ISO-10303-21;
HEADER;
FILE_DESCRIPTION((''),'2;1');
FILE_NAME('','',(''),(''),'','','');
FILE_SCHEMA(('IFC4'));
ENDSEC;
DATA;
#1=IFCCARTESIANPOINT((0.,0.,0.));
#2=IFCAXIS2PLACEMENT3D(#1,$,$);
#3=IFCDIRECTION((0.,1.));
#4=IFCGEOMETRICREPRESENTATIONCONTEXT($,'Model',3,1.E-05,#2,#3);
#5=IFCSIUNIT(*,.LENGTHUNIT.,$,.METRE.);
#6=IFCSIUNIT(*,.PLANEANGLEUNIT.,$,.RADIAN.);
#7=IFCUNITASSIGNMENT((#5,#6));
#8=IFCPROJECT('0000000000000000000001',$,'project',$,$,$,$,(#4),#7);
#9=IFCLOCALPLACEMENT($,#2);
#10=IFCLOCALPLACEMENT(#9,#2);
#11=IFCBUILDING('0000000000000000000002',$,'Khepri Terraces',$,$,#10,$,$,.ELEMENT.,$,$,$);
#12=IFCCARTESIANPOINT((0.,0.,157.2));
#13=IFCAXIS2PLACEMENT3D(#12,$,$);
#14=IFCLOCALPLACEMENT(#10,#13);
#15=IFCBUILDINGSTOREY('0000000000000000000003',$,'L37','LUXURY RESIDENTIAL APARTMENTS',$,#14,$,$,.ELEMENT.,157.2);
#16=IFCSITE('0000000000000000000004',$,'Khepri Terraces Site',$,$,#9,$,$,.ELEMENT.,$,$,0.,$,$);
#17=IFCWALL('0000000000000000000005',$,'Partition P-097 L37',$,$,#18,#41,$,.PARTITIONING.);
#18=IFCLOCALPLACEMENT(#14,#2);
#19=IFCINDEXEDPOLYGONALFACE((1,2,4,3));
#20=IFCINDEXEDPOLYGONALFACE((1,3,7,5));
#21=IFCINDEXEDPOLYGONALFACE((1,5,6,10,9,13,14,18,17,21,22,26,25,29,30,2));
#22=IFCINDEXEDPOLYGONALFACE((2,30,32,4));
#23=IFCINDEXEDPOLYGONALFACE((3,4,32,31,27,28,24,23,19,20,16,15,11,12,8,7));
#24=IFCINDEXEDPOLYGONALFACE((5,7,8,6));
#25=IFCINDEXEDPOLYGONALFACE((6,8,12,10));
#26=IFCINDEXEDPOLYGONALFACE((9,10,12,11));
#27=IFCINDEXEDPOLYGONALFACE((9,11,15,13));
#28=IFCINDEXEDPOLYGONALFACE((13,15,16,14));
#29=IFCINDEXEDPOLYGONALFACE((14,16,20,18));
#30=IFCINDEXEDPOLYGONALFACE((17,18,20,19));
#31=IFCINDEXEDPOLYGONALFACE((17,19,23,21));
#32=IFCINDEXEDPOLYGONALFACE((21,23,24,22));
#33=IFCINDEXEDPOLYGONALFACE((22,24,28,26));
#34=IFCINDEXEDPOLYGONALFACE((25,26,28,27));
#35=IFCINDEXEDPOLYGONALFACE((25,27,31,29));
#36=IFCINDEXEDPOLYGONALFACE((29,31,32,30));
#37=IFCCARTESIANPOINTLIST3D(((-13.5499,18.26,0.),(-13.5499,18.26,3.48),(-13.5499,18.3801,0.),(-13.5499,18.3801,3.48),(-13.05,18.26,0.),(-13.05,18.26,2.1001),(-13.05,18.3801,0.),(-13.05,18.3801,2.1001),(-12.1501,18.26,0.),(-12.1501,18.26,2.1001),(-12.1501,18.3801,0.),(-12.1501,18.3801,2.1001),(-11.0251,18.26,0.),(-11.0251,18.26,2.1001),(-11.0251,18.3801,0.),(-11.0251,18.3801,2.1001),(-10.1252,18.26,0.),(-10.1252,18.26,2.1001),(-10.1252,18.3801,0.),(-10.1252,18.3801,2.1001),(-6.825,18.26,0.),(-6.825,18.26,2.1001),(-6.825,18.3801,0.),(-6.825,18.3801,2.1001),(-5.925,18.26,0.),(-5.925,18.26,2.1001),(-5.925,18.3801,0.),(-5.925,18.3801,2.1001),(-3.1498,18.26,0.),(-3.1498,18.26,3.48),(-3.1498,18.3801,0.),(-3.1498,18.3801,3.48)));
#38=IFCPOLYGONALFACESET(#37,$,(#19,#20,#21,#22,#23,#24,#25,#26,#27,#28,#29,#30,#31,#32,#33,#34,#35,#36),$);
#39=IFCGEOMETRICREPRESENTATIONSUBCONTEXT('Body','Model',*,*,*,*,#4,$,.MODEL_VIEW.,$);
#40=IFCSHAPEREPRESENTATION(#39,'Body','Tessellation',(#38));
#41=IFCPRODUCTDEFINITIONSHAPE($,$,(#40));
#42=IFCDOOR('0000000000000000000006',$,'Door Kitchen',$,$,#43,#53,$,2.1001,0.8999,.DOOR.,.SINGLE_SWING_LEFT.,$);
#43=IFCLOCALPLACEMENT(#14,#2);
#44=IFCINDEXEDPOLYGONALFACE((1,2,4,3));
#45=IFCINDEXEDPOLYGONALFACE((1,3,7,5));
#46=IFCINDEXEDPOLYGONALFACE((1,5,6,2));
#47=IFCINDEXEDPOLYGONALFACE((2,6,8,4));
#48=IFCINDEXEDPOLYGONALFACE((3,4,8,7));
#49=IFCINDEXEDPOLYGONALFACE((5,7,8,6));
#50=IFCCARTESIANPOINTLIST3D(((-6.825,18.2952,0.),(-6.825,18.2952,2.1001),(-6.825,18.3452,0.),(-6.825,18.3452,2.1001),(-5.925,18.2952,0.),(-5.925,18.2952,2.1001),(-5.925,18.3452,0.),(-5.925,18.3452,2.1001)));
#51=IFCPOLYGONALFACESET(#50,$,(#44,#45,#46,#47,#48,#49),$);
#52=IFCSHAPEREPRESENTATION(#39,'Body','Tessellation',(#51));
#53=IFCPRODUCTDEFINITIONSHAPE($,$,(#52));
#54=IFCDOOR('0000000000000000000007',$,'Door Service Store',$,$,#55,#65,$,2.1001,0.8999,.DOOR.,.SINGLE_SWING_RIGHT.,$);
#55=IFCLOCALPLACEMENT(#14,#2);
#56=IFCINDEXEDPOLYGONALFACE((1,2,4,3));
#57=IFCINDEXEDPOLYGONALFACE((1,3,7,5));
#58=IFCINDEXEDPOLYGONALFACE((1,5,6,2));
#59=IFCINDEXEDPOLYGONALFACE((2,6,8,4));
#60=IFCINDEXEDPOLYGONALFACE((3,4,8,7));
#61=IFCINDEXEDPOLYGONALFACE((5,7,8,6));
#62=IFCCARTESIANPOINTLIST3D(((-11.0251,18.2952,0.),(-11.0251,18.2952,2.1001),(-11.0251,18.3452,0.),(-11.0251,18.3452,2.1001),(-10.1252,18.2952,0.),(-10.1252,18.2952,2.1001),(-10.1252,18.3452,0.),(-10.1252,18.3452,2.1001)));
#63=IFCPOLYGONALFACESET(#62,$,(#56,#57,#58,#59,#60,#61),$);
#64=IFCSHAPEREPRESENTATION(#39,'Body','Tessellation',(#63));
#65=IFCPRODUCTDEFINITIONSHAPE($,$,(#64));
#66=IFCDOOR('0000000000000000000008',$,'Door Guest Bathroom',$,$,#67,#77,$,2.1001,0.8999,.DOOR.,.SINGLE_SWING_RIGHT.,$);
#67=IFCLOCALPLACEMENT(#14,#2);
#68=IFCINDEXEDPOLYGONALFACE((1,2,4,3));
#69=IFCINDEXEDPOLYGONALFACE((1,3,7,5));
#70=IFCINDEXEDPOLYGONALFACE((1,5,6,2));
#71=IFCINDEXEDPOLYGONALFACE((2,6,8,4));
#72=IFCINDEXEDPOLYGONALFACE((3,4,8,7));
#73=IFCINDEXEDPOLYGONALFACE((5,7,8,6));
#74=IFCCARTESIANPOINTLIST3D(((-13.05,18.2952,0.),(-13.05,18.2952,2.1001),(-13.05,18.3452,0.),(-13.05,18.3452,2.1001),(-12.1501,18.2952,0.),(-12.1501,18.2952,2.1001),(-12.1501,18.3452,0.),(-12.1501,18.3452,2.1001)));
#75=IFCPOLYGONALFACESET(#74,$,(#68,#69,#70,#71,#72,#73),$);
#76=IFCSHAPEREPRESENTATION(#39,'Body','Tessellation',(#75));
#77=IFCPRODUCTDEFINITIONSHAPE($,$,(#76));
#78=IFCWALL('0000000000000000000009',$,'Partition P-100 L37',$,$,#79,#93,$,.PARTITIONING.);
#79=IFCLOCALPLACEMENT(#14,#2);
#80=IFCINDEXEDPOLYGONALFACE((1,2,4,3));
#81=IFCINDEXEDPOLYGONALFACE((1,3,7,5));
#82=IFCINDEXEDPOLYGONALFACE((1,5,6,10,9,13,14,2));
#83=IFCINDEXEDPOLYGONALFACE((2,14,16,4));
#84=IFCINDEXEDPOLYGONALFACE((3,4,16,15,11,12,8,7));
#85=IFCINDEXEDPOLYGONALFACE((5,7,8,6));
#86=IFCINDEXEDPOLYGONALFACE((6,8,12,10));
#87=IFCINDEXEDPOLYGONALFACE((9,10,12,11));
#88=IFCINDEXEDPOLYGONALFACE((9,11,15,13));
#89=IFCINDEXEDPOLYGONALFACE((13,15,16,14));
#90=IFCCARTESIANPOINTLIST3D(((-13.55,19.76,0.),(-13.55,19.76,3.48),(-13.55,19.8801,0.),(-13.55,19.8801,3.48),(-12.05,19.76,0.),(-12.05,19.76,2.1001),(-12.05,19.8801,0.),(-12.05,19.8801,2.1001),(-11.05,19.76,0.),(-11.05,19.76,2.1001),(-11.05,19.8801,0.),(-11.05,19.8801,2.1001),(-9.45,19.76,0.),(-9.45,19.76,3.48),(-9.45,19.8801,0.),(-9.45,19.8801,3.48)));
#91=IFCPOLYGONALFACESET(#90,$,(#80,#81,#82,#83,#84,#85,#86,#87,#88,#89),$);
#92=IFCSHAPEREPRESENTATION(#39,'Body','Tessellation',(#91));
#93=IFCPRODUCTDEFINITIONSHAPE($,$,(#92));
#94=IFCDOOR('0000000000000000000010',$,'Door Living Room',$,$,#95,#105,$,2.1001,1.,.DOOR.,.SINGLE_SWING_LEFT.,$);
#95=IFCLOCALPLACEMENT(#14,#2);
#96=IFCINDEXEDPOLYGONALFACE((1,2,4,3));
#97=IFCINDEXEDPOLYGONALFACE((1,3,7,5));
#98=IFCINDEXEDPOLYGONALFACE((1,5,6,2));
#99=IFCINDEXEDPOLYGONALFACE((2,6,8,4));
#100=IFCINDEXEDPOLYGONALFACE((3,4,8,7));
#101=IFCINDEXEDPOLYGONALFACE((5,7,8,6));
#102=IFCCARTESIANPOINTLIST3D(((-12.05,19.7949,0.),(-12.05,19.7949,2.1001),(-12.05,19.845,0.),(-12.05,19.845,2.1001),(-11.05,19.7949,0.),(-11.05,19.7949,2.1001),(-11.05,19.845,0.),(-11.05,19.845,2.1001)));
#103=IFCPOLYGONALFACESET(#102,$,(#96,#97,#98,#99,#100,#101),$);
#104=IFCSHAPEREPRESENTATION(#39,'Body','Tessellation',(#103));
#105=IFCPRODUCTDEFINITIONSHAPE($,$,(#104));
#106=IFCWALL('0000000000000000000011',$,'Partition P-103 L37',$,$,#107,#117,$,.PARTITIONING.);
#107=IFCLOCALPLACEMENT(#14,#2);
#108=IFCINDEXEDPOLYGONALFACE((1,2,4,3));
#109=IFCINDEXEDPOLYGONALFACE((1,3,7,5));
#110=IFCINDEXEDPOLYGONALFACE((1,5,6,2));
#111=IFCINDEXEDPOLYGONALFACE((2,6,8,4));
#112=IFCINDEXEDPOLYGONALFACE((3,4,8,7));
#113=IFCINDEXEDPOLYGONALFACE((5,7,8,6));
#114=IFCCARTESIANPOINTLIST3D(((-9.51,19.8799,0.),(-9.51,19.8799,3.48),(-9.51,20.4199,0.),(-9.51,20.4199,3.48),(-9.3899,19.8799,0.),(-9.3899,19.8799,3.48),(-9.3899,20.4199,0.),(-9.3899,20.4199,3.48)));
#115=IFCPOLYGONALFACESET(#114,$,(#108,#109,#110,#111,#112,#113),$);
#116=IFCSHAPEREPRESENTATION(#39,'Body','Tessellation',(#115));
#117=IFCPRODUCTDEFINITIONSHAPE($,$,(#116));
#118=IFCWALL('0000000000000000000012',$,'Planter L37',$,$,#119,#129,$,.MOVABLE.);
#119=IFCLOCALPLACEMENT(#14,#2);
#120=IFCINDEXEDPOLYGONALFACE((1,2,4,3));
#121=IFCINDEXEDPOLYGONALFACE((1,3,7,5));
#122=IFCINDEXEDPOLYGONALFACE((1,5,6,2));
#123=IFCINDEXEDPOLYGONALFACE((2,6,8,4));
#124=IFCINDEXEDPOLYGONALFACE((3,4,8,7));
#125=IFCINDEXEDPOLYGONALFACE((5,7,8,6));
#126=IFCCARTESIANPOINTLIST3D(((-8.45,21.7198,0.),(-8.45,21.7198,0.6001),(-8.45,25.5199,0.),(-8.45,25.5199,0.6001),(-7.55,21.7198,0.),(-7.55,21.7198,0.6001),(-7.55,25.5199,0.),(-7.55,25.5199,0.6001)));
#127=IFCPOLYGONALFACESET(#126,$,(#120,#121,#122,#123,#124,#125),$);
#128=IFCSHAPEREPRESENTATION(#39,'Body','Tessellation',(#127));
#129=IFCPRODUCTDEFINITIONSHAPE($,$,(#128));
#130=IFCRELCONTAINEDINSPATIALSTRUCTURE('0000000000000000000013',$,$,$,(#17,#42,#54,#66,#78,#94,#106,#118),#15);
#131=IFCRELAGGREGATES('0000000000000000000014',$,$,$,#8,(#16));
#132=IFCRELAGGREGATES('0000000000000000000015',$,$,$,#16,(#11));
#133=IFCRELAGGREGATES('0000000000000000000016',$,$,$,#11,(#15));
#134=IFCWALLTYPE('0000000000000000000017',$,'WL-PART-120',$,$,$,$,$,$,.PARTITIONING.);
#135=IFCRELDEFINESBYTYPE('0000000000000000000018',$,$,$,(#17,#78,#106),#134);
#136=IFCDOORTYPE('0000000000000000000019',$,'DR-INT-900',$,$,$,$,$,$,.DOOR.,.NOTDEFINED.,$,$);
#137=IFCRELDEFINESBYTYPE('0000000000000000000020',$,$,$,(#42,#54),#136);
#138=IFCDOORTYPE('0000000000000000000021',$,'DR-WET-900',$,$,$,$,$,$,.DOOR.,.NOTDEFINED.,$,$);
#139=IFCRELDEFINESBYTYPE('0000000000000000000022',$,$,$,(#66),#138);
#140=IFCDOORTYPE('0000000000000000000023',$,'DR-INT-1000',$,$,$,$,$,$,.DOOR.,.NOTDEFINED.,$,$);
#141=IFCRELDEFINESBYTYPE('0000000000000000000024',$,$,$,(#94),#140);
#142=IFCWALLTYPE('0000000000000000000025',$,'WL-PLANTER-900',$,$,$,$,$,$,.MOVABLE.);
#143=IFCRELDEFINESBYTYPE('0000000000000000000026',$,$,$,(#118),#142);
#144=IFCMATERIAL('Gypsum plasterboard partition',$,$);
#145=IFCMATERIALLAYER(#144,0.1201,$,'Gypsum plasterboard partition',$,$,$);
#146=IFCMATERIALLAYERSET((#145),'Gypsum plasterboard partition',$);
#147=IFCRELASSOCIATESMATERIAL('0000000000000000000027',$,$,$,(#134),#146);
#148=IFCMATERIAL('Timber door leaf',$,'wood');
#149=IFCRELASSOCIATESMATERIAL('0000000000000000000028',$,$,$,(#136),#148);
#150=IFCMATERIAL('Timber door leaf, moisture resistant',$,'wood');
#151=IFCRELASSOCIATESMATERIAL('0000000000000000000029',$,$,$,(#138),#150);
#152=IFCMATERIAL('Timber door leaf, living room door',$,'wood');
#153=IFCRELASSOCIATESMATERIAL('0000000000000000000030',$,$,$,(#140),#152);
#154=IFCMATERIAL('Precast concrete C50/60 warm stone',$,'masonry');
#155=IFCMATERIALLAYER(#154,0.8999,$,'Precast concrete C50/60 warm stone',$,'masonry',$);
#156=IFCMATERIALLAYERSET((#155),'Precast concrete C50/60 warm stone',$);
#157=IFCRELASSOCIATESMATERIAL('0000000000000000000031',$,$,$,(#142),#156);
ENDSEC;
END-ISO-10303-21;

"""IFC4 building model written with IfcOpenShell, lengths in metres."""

from ifc_helpers import new_model, si_unit, direction, frame, frame_2d, origin, place, context, subcontext, project, spatial, rectangle, extrude, material, layer, layer_set, type_object, element, fill, save


model = new_model("IFC4")

# Units and contexts
model_context = context("Model", 3, precision=1e-05, world=origin(), true_north=direction((0.0, 1.0)))
body_context = subcontext(model_context, "Body", "Model", "MODEL_VIEW")
ifc_project = project(units=[si_unit("LENGTHUNIT", "METRE"), si_unit("PLANEANGLEUNIT", "RADIAN")], contexts=[model_context])

# Site, building, storey
site_placement = place(None, origin())
site = spatial("IfcSite", under=ifc_project, at=site_placement, Name="Khepri Terraces Site", CompositionType="ELEMENT", RefElevation=0.0)
building_placement = place(site_placement, origin())
building = spatial("IfcBuilding", under=site, at=building_placement, Name="Khepri Terraces", CompositionType="ELEMENT")
storey_placement = place(building_placement, frame((0.0, 0.0, 157.2)))
storey = spatial("IfcBuildingStorey", under=building, at=storey_placement, Name="L37", Description="LUXURY RESIDENTIAL APARTMENTS", CompositionType="ELEMENT", Elevation=157.2)

# Shared definitions
ifc_material_1 = material(Name="Precast concrete C50/60 warm stone", Category="masonry")

# Shared definitions
ifc_material_2 = material(Name="Gypsum plasterboard partition")
ifc_layer_1 = layer(ifc_material_2, 0.1201, Name="Gypsum plasterboard partition")
ifc_layer_set_1 = layer_set([ifc_layer_1], Name="Gypsum plasterboard partition")
wall_type_1 = type_object("IfcWallType", Name="WL-PART-120", PredefinedType="PARTITIONING", material=ifc_layer_set_1)

# Wall, openings, doors
wall_1_placement = place(storey_placement, frame((-13.55, 18.3201, 0.0), z_axis=(0.0, 0.0, 1.0), x_axis=(1.0, 0.0, 0.0)))
wall_1 = element("IfcWall", 1, at=wall_1_placement, inside=storey, type_object=wall_type_1, Name="Partition P-097 L37", PredefinedType="PARTITIONING", context=body_context, shape_type="SweptSolid", body=[
    extrude(rectangle(XDim=10.4001, YDim=0.1201, at=frame_2d((5.2002, 0.0))), origin(), (0.0, 0.0, 1.0), 3.48),
])
opening_1_placement = place(wall_1_placement, frame((6.7251, 0.0, 0.0)))
opening_1 = element("IfcOpeningElement", 2, at=opening_1_placement, cuts=wall_1, PredefinedType="OPENING", context=body_context, shape_type="SweptSolid", body=[
    extrude(rectangle(XDim=0.8999, YDim=2.1001, at=frame_2d((0.45, 1.05))), frame((0.0, 0.0701, 0.0), z_axis=(0.0, -1.0, 0.0), x_axis=(1.0, 0.0, 0.0)), (0.0, 0.0, 1.0), 0.1401),
])
opening_2_placement = place(wall_1_placement, frame((2.5249, 0.0, 0.0)))
opening_2 = element("IfcOpeningElement", 3, at=opening_2_placement, cuts=wall_1, PredefinedType="OPENING", context=body_context, shape_type="SweptSolid", body=[
    extrude(rectangle(XDim=0.8999, YDim=2.1001, at=frame_2d((0.45, 1.05))), frame((0.0, 0.0701, 0.0), z_axis=(0.0, -1.0, 0.0), x_axis=(1.0, 0.0, 0.0)), (0.0, 0.0, 1.0), 0.1401),
])
opening_3_placement = place(wall_1_placement, frame((0.5, 0.0, 0.0)))
opening_3 = element("IfcOpeningElement", 4, at=opening_3_placement, cuts=wall_1, PredefinedType="OPENING", context=body_context, shape_type="SweptSolid", body=[
    extrude(rectangle(XDim=0.8999, YDim=2.1001, at=frame_2d((0.45, 1.05))), frame((0.0, 0.0701, 0.0), z_axis=(0.0, -1.0, 0.0), x_axis=(1.0, 0.0, 0.0)), (0.0, 0.0, 1.0), 0.1401),
])
ifc_material_3 = material(Name="Timber door leaf", Category="wood")
door_type_1 = type_object("IfcDoorType", Name="DR-INT-900", OperationType="NOTDEFINED", PredefinedType="DOOR", material=ifc_material_3)
door_1_placement = place(opening_1_placement, frame((0.8999, 0.0, 0.0), z_axis=(0.0, 0.0, 1.0), x_axis=(-1.0, 0.0, 0.0)))
door_1 = element("IfcDoor", 5, at=door_1_placement, inside=storey, type_object=door_type_1, Name="Door Kitchen", OperationType="SINGLE_SWING_LEFT", OverallHeight=2.1001, OverallWidth=0.8999, PredefinedType="DOOR", context=body_context, shape_type="SweptSolid", body=[
    extrude(rectangle(XDim=0.8999, YDim=2.1001, at=frame_2d((0.45, 1.05))), frame((0.0, 0.0249, 0.0), z_axis=(0.0, -1.0, 0.0), x_axis=(1.0, 0.0, 0.0)), (0.0, 0.0, 1.0), 0.05),
])
fill(opening_1, door_1)
door_2_placement = place(opening_2_placement, frame((0.8999, 0.0, 0.0), z_axis=(0.0, 0.0, 1.0), x_axis=(-1.0, 0.0, 0.0)))
door_2 = element("IfcDoor", 6, at=door_2_placement, inside=storey, type_object=door_type_1, Name="Door Service Store", OperationType="SINGLE_SWING_RIGHT", OverallHeight=2.1001, OverallWidth=0.8999, PredefinedType="DOOR", context=body_context, shape_type="SweptSolid", body=[
    extrude(rectangle(XDim=0.8999, YDim=2.1001, at=frame_2d((0.45, 1.05))), frame((0.0, 0.0249, 0.0), z_axis=(0.0, -1.0, 0.0), x_axis=(1.0, 0.0, 0.0)), (0.0, 0.0, 1.0), 0.05),
])
fill(opening_2, door_2)
ifc_material_4 = material(Name="Timber door leaf, moisture resistant", Category="wood")
door_type_2 = type_object("IfcDoorType", Name="DR-WET-900", OperationType="NOTDEFINED", PredefinedType="DOOR", material=ifc_material_4)
door_3_placement = place(opening_3_placement, frame((0.8999, 0.0, 0.0), z_axis=(0.0, 0.0, 1.0), x_axis=(-1.0, 0.0, 0.0)))
door_3 = element("IfcDoor", 7, at=door_3_placement, inside=storey, type_object=door_type_2, Name="Door Guest Bathroom", OperationType="SINGLE_SWING_RIGHT", OverallHeight=2.1001, OverallWidth=0.8999, PredefinedType="DOOR", context=body_context, shape_type="SweptSolid", body=[
    extrude(rectangle(XDim=0.8999, YDim=2.1001, at=frame_2d((0.45, 1.05))), frame((0.0, 0.0249, 0.0), z_axis=(0.0, -1.0, 0.0), x_axis=(1.0, 0.0, 0.0)), (0.0, 0.0, 1.0), 0.05),
])
fill(opening_3, door_3)

# Wall, opening, door
wall_2_placement = place(storey_placement, frame((-13.55, 19.8201, 0.0), z_axis=(0.0, 0.0, 1.0), x_axis=(1.0, 0.0, 0.0)))
wall_2 = element("IfcWall", 8, at=wall_2_placement, inside=storey, type_object=wall_type_1, Name="Partition P-100 L37", PredefinedType="PARTITIONING", context=body_context, shape_type="SweptSolid", body=[
    extrude(rectangle(XDim=4.1001, YDim=0.1201, at=frame_2d((2.05, 0.0))), origin(), (0.0, 0.0, 1.0), 3.48),
])
opening_4_placement = place(wall_2_placement, frame((1.5, 0.0, 0.0)))
opening_4 = element("IfcOpeningElement", 9, at=opening_4_placement, cuts=wall_2, PredefinedType="OPENING", context=body_context, shape_type="SweptSolid", body=[
    extrude(rectangle(XDim=1.0, YDim=2.1001, at=frame_2d((0.5, 1.05))), frame((0.0, 0.0701, 0.0), z_axis=(0.0, -1.0, 0.0), x_axis=(1.0, 0.0, 0.0)), (0.0, 0.0, 1.0), 0.1401),
])
ifc_material_5 = material(Name="Timber door leaf, living room door", Category="wood")
door_type_3 = type_object("IfcDoorType", Name="DR-INT-1000", OperationType="NOTDEFINED", PredefinedType="DOOR", material=ifc_material_5)
door_4_placement = place(opening_4_placement, origin())
door_4 = element("IfcDoor", 10, at=door_4_placement, inside=storey, type_object=door_type_3, Name="Door Living Room", OperationType="SINGLE_SWING_LEFT", OverallHeight=2.1001, OverallWidth=1.0, PredefinedType="DOOR", context=body_context, shape_type="SweptSolid", body=[
    extrude(rectangle(XDim=1.0, YDim=2.1001, at=frame_2d((0.5, 1.05))), frame((0.0, 0.0249, 0.0), z_axis=(0.0, -1.0, 0.0), x_axis=(1.0, 0.0, 0.0)), (0.0, 0.0, 1.0), 0.05),
])
fill(opening_4, door_4)

# Walls
wall_3_placement = place(storey_placement, frame((-9.45, 19.8799, 0.0), z_axis=(0.0, 0.0, 1.0), x_axis=(0.0, 1.0, 0.0)))
element("IfcWall", 11, at=wall_3_placement, inside=storey, type_object=wall_type_1, Name="Partition P-103 L37", PredefinedType="PARTITIONING", context=body_context, shape_type="SweptSolid", body=[
    extrude(rectangle(XDim=0.54, YDim=0.1201, at=frame_2d((0.27, 0.0))), origin(), (0.0, 0.0, 1.0), 3.48),
])
ifc_layer_2 = layer(ifc_material_1, 0.8999, Name="Precast concrete C50/60 warm stone", Category="masonry")
ifc_layer_set_2 = layer_set([ifc_layer_2], Name="Precast concrete C50/60 warm stone")
wall_type_2 = type_object("IfcWallType", Name="WL-PLANTER-900", PredefinedType="MOVABLE", material=ifc_layer_set_2)
wall_4_placement = place(storey_placement, frame((-8.0, 21.72, 0.0), z_axis=(0.0, 0.0, 1.0), x_axis=(0.0, 1.0, 0.0)))
element("IfcWall", 12, at=wall_4_placement, inside=storey, type_object=wall_type_2, Name="Planter L37", PredefinedType="MOVABLE", context=body_context, shape_type="SweptSolid", body=[
    extrude(rectangle(XDim=3.8, YDim=0.8999, at=frame_2d((1.8999, 0.0))), origin(), (0.0, 0.0, 1.0), 0.6001),
])

save(model, "model.ifc")
